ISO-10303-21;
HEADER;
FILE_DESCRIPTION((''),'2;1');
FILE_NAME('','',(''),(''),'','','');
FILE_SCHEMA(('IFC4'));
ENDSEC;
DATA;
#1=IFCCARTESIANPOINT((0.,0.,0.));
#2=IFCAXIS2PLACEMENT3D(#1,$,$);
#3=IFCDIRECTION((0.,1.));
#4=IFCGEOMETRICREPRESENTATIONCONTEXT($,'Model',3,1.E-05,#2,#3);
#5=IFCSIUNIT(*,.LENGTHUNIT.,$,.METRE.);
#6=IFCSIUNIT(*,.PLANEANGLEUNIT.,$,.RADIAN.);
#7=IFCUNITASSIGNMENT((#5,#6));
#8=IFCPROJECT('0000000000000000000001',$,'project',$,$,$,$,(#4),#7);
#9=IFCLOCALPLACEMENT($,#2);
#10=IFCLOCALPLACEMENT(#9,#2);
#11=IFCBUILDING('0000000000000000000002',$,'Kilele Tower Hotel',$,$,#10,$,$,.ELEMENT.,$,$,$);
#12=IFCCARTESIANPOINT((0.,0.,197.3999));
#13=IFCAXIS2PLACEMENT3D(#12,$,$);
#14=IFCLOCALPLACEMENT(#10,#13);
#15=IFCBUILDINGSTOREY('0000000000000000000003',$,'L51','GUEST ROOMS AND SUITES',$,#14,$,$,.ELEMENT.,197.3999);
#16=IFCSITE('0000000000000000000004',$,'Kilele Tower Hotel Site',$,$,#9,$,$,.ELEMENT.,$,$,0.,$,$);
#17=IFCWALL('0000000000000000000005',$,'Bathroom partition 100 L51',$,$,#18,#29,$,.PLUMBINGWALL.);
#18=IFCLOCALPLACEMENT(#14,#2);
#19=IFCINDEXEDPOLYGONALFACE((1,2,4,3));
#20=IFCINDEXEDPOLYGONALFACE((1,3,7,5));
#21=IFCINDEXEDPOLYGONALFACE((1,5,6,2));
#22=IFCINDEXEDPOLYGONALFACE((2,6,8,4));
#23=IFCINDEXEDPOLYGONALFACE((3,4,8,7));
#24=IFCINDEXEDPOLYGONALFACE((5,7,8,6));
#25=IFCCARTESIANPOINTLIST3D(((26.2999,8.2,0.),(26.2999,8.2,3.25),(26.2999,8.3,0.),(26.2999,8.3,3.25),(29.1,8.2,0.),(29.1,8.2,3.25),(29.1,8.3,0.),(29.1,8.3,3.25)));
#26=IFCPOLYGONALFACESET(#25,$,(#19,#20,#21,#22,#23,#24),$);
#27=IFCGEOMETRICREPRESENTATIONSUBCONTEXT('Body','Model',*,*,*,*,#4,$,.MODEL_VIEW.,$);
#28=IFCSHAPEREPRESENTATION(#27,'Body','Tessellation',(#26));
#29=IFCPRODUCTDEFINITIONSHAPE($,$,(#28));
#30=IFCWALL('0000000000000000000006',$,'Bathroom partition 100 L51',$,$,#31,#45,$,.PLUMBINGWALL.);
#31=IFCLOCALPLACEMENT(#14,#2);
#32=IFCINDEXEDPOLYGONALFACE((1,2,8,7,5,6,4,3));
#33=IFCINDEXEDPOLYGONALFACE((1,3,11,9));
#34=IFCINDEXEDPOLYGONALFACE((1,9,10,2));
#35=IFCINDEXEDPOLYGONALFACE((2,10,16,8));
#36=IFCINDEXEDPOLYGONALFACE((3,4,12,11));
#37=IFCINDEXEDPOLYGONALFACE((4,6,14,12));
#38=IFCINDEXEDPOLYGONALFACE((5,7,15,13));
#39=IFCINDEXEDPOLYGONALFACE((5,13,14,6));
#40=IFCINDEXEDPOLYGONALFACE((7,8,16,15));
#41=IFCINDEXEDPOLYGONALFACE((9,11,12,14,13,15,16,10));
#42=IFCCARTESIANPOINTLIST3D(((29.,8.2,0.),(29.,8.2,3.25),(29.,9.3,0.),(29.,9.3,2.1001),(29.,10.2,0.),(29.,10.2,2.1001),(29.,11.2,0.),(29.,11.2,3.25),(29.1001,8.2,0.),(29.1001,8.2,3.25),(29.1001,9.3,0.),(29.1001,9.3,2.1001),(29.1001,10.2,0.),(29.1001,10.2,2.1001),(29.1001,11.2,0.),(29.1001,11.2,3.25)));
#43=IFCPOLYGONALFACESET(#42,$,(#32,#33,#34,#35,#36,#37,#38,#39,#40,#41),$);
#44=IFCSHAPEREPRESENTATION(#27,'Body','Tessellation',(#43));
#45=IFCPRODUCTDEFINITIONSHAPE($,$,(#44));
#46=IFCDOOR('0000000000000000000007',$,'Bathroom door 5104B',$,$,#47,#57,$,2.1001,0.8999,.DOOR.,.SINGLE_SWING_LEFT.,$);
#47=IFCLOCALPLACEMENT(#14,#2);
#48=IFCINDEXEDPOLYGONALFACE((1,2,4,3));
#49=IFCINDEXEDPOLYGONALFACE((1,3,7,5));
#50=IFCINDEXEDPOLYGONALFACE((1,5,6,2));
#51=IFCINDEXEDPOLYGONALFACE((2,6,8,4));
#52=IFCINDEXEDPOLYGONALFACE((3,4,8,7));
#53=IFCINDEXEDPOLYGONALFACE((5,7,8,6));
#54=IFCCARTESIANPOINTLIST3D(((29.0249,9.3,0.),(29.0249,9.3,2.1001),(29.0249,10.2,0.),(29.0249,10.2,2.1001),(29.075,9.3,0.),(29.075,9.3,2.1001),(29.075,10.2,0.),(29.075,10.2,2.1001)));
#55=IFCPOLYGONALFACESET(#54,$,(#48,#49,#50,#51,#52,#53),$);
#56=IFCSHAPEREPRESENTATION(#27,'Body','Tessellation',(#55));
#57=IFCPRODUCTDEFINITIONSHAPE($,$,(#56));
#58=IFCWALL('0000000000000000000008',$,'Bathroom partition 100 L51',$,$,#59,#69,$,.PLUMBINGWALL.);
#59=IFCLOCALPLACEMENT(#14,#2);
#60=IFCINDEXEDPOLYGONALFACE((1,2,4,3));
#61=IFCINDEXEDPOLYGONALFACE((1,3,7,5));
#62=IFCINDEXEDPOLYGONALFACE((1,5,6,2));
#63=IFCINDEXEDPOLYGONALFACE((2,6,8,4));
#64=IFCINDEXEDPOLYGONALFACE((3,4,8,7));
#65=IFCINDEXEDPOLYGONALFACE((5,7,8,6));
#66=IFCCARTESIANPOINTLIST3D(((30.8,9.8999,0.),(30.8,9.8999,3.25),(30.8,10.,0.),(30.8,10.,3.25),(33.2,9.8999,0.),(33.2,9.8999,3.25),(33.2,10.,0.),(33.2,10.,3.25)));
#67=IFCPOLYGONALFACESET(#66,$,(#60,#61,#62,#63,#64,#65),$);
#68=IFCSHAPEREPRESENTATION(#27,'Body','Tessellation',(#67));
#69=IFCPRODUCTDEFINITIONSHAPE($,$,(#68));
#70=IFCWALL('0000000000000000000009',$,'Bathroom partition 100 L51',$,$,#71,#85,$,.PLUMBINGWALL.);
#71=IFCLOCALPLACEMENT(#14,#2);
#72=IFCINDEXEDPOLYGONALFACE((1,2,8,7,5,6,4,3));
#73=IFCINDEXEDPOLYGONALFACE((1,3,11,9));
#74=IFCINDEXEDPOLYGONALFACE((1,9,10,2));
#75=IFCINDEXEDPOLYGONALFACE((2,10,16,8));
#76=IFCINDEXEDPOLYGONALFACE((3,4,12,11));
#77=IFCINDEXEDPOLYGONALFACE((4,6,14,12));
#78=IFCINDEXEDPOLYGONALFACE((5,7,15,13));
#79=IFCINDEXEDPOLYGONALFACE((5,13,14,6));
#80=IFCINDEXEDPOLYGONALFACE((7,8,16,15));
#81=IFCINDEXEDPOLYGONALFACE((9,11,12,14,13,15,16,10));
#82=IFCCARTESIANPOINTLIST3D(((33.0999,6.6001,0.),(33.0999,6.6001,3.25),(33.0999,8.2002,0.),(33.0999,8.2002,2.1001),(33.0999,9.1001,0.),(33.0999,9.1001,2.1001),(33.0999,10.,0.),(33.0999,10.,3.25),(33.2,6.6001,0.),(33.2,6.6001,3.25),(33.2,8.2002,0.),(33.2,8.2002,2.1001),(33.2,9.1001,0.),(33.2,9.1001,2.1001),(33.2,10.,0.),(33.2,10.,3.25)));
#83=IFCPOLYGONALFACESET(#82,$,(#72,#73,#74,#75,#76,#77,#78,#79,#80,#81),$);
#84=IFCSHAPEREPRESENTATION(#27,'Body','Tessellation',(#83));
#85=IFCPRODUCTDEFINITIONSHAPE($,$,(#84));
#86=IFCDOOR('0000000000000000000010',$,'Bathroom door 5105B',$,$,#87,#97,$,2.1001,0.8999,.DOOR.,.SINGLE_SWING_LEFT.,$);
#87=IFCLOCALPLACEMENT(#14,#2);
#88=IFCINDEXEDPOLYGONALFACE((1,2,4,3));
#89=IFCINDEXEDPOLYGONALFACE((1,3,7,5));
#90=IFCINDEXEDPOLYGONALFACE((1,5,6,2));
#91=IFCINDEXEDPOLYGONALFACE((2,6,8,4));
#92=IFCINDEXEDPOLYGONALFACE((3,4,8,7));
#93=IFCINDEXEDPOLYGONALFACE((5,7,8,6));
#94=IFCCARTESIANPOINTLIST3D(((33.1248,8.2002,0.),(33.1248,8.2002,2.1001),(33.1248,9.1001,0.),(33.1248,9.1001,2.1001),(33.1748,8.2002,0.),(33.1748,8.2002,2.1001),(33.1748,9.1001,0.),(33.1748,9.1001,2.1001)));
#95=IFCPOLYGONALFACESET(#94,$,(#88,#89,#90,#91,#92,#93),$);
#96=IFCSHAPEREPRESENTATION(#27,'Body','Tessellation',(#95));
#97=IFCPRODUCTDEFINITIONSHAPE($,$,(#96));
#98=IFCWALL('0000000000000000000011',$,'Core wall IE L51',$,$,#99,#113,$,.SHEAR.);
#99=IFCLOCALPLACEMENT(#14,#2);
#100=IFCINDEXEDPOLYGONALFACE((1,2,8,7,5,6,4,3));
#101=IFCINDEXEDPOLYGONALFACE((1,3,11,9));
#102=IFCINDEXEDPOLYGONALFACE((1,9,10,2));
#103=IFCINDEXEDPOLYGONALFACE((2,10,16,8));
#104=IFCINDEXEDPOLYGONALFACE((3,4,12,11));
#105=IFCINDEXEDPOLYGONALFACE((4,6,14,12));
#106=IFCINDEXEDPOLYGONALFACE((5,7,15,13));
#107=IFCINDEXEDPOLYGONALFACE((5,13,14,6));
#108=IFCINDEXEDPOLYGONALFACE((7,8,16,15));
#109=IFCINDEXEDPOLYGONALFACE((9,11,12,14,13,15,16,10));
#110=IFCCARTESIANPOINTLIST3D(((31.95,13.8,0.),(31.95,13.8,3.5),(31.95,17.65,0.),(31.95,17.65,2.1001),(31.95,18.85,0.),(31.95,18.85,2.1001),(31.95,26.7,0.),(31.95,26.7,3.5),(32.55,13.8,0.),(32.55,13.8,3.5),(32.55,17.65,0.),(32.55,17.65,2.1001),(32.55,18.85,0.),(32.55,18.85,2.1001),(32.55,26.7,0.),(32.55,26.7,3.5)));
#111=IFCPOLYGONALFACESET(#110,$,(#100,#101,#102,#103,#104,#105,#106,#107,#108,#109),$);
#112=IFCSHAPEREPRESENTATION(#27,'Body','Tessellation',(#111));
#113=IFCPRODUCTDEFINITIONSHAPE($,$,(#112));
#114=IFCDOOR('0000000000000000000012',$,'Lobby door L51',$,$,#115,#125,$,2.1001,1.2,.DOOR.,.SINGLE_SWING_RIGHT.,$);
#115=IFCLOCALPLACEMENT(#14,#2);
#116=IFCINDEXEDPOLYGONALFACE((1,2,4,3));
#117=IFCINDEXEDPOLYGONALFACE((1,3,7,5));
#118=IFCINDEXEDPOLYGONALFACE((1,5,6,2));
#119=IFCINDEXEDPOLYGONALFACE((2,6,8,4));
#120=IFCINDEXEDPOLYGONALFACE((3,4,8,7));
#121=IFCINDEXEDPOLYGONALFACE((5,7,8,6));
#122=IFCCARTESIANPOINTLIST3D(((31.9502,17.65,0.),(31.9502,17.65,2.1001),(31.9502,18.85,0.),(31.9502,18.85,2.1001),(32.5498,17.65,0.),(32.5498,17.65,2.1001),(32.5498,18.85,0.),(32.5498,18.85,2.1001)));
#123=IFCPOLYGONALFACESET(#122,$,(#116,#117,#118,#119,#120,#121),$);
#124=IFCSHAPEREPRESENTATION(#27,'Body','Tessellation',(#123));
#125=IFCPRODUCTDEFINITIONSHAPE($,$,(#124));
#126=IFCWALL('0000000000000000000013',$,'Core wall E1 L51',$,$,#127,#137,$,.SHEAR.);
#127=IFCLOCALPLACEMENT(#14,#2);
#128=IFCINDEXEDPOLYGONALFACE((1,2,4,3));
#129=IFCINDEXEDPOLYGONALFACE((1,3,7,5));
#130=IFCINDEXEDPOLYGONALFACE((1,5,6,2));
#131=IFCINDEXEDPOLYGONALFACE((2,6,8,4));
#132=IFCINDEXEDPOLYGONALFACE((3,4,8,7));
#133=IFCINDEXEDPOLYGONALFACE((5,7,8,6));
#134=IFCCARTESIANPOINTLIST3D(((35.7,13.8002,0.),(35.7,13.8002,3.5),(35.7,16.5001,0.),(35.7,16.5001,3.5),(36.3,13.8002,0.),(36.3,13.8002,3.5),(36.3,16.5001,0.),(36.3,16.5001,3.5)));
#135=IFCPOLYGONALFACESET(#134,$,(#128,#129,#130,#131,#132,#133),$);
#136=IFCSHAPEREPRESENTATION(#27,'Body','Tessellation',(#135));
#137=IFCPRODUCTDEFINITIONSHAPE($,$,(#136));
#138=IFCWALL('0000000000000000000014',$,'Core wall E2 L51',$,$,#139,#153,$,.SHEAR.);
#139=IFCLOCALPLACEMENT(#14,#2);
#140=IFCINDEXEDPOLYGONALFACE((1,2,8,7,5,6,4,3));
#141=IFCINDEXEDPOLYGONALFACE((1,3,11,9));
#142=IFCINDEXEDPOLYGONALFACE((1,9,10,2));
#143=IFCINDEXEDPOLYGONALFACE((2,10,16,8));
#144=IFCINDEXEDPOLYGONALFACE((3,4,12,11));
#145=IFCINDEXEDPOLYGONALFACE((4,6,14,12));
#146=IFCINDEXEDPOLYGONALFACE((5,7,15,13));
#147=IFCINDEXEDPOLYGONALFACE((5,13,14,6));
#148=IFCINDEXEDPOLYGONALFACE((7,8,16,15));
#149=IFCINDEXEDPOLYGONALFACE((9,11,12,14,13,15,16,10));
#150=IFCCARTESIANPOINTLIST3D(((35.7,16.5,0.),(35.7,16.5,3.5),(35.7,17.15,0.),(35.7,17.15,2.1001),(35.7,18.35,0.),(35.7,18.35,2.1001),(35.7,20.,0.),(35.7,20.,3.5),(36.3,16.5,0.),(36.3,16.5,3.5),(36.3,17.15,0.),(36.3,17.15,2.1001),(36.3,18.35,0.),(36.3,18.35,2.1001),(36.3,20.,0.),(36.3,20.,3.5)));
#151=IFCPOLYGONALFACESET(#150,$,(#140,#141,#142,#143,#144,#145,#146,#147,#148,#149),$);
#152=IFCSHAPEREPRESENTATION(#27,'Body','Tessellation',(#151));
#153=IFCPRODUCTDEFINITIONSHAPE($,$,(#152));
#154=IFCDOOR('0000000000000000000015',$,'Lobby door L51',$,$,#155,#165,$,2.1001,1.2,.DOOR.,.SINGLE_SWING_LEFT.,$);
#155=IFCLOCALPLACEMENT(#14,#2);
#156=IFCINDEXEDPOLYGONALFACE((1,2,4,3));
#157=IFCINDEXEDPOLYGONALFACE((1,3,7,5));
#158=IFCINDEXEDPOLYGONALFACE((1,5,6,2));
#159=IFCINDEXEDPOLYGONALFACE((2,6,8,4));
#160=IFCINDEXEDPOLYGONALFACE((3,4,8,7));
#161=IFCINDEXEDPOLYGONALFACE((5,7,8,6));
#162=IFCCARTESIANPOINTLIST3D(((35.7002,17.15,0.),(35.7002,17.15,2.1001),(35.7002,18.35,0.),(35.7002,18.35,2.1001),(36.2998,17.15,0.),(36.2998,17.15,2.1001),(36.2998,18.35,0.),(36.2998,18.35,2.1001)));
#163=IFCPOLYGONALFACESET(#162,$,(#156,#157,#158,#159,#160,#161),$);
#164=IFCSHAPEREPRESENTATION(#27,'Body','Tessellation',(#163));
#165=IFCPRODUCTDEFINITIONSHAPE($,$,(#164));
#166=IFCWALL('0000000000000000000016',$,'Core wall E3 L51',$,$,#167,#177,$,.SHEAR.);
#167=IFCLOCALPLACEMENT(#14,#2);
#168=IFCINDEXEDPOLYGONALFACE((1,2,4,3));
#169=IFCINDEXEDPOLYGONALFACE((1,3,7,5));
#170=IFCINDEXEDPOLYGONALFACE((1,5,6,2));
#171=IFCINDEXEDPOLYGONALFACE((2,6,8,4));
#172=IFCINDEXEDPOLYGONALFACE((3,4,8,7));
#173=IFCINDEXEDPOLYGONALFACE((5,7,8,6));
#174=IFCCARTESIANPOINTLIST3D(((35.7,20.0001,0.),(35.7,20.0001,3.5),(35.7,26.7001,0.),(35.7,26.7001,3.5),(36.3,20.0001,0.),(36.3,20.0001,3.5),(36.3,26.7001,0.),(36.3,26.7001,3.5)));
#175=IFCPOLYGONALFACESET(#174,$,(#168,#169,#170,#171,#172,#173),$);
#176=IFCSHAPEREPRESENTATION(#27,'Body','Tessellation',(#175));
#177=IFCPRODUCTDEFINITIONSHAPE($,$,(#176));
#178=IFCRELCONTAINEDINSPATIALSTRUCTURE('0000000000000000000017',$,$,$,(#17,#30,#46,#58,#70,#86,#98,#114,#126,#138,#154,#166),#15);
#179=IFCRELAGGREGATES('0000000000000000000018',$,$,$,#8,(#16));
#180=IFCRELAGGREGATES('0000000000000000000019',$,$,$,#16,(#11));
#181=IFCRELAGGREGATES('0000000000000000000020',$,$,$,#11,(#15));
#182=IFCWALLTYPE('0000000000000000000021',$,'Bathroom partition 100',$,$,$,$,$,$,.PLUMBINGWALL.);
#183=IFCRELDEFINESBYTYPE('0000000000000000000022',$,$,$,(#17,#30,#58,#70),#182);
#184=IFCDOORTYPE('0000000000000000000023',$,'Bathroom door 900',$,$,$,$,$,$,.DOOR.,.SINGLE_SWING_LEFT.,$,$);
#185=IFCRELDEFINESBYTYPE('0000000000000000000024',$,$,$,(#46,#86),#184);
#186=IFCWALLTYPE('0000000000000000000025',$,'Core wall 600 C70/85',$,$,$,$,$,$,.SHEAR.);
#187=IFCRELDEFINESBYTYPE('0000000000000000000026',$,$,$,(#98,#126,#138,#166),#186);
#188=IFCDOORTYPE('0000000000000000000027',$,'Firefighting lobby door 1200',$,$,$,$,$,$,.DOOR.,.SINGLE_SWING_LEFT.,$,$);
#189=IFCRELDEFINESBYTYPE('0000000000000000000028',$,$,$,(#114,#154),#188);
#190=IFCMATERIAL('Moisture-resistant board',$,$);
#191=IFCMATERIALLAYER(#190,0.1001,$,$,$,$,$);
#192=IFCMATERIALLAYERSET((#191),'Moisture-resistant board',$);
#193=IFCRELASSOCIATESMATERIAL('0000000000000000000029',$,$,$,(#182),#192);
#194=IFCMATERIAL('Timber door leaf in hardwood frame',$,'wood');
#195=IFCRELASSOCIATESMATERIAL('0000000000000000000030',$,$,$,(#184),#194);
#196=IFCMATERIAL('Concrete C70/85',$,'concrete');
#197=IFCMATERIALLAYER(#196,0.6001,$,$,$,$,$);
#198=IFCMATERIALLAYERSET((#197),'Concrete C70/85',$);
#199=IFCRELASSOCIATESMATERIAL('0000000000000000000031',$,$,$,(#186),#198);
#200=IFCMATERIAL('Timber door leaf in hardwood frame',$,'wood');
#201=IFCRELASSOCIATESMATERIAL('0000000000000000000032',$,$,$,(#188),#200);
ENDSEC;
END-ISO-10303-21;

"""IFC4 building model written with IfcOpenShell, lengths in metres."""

from ifc_helpers import new_model, si_unit, direction, frame, frame_2d, origin, place, context, subcontext, project, spatial, rectangle, extrude, material, layer, layer_set, type_object, element, fill, save


model = new_model("IFC4")

# Units and contexts
model_context = context("Model", 3, precision=1e-05, world=origin(), true_north=direction((0.0, 1.0)))
body_context = subcontext(model_context, "Body", "Model", "MODEL_VIEW")
ifc_project = project(units=[si_unit("LENGTHUNIT", "METRE"), si_unit("PLANEANGLEUNIT", "RADIAN")], contexts=[model_context])

# Site, building, storey
site_placement = place(None, origin())
site = spatial("IfcSite", under=ifc_project, at=site_placement, Name="Kilele Tower Hotel Site", CompositionType="ELEMENT", RefElevation=0.0)
building_placement = place(site_placement, origin())
building = spatial("IfcBuilding", under=site, at=building_placement, Name="Kilele Tower Hotel", CompositionType="ELEMENT")
storey_placement = place(building_placement, frame((0.0, 0.0, 197.3999)))
storey = spatial("IfcBuildingStorey", under=building, at=storey_placement, Name="L51", Description="GUEST ROOMS AND SUITES", CompositionType="ELEMENT", Elevation=197.3999)

# Wall
ifc_material_1 = material(Name="Moisture-resistant board")
ifc_layer_1 = layer(ifc_material_1, 0.1001)
ifc_layer_set_1 = layer_set([ifc_layer_1], Name="Moisture-resistant board")
wall_type_1 = type_object("IfcWallType", Name="Bathroom partition 100", PredefinedType="PLUMBINGWALL", material=ifc_layer_set_1)
wall_1_placement = place(storey_placement, frame((26.3, 8.25, 0.0), z_axis=(0.0, 0.0, 1.0), x_axis=(1.0, 0.0, 0.0)))
element("IfcWall", 1, at=wall_1_placement, inside=storey, type_object=wall_type_1, Name="Bathroom partition 100 L51", PredefinedType="PLUMBINGWALL", context=body_context, shape_type="SweptSolid", body=[
    extrude(rectangle(XDim=2.8, YDim=0.1001, at=frame_2d((1.3999, 0.0))), origin(), (0.0, 0.0, 1.0), 3.25),
])

# Wall, opening, door
wall_2_placement = place(storey_placement, frame((29.05, 11.2, 0.0), z_axis=(0.0, 0.0, 1.0), x_axis=(0.0, -1.0, 0.0)))
wall_2 = element("IfcWall", 2, at=wall_2_placement, inside=storey, type_object=wall_type_1, Name="Bathroom partition 100 L51", PredefinedType="PLUMBINGWALL", context=body_context, shape_type="SweptSolid", body=[
    extrude(rectangle(XDim=3.0, YDim=0.1001, at=frame_2d((1.5, 0.0))), origin(), (0.0, 0.0, 1.0), 3.25),
])
opening_1_placement = place(wall_2_placement, frame((1.0, 0.0, 0.0)))
opening_1 = element("IfcOpeningElement", 3, at=opening_1_placement, cuts=wall_2, PredefinedType="OPENING", context=body_context, shape_type="SweptSolid", body=[
    extrude(rectangle(XDim=0.8999, YDim=2.1001, at=frame_2d((0.45, 1.05))), frame((0.0, 0.0601, 0.0), z_axis=(0.0, -1.0, 0.0), x_axis=(1.0, 0.0, 0.0)), (0.0, 0.0, 1.0), 0.1201),
])
ifc_material_2 = material(Name="Timber door leaf in hardwood frame", Category="wood")
door_type_1 = type_object("IfcDoorType", Name="Bathroom door 900", OperationType="SINGLE_SWING_LEFT", PredefinedType="DOOR", material=ifc_material_2)
door_1_placement = place(opening_1_placement, origin())
door_1 = element("IfcDoor", 4, at=door_1_placement, inside=storey, type_object=door_type_1, Name="Bathroom door 5104B", OperationType="SINGLE_SWING_LEFT", OverallHeight=2.1001, OverallWidth=0.8999, PredefinedType="DOOR", context=body_context, shape_type="SweptSolid", body=[
    extrude(rectangle(XDim=0.8999, YDim=2.1001, at=frame_2d((0.45, 1.05))), frame((0.0, 0.0249, 0.0), z_axis=(0.0, -1.0, 0.0), x_axis=(1.0, 0.0, 0.0)), (0.0, 0.0, 1.0), 0.05),
])
fill(opening_1, door_1)

# Wall
wall_3_placement = place(storey_placement, frame((30.8, 9.95, 0.0), z_axis=(0.0, 0.0, 1.0), x_axis=(1.0, 0.0, 0.0)))
element("IfcWall", 5, at=wall_3_placement, inside=storey, type_object=wall_type_1, Name="Bathroom partition 100 L51", PredefinedType="PLUMBINGWALL", context=body_context, shape_type="SweptSolid", body=[
    extrude(rectangle(XDim=2.3999, YDim=0.1001, at=frame_2d((1.2, 0.0))), origin(), (0.0, 0.0, 1.0), 3.25),
])

# Walls, openings, doors
wall_4_placement = place(storey_placement, frame((33.1499, 10.0, 0.0), z_axis=(0.0, 0.0, 1.0), x_axis=(0.0, -1.0, 0.0)))
wall_4 = element("IfcWall", 6, at=wall_4_placement, inside=storey, type_object=wall_type_1, Name="Bathroom partition 100 L51", PredefinedType="PLUMBINGWALL", context=body_context, shape_type="SweptSolid", body=[
    extrude(rectangle(XDim=3.3999, YDim=0.1001, at=frame_2d((1.7, 0.0))), origin(), (0.0, 0.0, 1.0), 3.25),
])
opening_2_placement = place(wall_4_placement, frame((0.8999, 0.0, 0.0)))
opening_2 = element("IfcOpeningElement", 7, at=opening_2_placement, cuts=wall_4, PredefinedType="OPENING", context=body_context, shape_type="SweptSolid", body=[
    extrude(rectangle(XDim=0.8999, YDim=2.1001, at=frame_2d((0.45, 1.05))), frame((0.0, 0.0601, 0.0), z_axis=(0.0, -1.0, 0.0), x_axis=(1.0, 0.0, 0.0)), (0.0, 0.0, 1.0), 0.1201),
])
door_2_placement = place(opening_2_placement, origin())
door_2 = element("IfcDoor", 8, at=door_2_placement, inside=storey, type_object=door_type_1, Name="Bathroom door 5105B", OperationType="SINGLE_SWING_LEFT", OverallHeight=2.1001, OverallWidth=0.8999, PredefinedType="DOOR", context=body_context, shape_type="SweptSolid", body=[
    extrude(rectangle(XDim=0.8999, YDim=2.1001, at=frame_2d((0.45, 1.05))), frame((0.0, 0.0249, 0.0), z_axis=(0.0, -1.0, 0.0), x_axis=(1.0, 0.0, 0.0)), (0.0, 0.0, 1.0), 0.05),
])
fill(opening_2, door_2)
ifc_material_3 = material(Name="Concrete C70/85", Category="concrete")
ifc_layer_2 = layer(ifc_material_3, 0.6001)
ifc_layer_set_2 = layer_set([ifc_layer_2], Name="Concrete C70/85")
wall_type_2 = type_object("IfcWallType", Name="Core wall 600 C70/85", PredefinedType="SHEAR", material=ifc_layer_set_2)
wall_5_placement = place(storey_placement, frame((32.25, 13.8, 0.0), z_axis=(0.0, 0.0, 1.0), x_axis=(0.0, 1.0, 0.0)))
wall_5 = element("IfcWall", 9, at=wall_5_placement, inside=storey, type_object=wall_type_2, Name="Core wall IE L51", PredefinedType="SHEAR", context=body_context, shape_type="SweptSolid", body=[
    extrude(rectangle(XDim=12.8999, YDim=0.6001, at=frame_2d((6.45, 0.0))), origin(), (0.0, 0.0, 1.0), 3.5),
])
opening_3_placement = place(wall_5_placement, frame((5.05, 0.0, 0.0), z_axis=(0.0, 0.0, 1.0), x_axis=(-1.0, 0.0, 0.0)))
opening_3 = element("IfcOpeningElement", 10, at=opening_3_placement, cuts=wall_5, PredefinedType="OPENING", context=body_context, shape_type="SweptSolid", body=[
    extrude(rectangle(XDim=1.2, YDim=2.1001, at=frame_2d((0.6001, 1.05))), frame((0.0, 0.3101, 0.0), z_axis=(0.0, -1.0, 0.0), x_axis=(1.0, 0.0, 0.0)), (0.0, 0.0, 1.0), 0.6201),
])
ifc_material_4 = material(Name="Timber door leaf in hardwood frame", Category="wood")
door_type_2 = type_object("IfcDoorType", Name="Firefighting lobby door 1200", OperationType="SINGLE_SWING_LEFT", PredefinedType="DOOR", material=ifc_material_4)
door_3_placement = place(opening_3_placement, origin())
door_3 = element("IfcDoor", 11, at=door_3_placement, inside=storey, type_object=door_type_2, Name="Lobby door L51", OperationType="SINGLE_SWING_RIGHT", OverallHeight=2.1001, OverallWidth=1.2, PredefinedType="DOOR", context=body_context, shape_type="SweptSolid", body=[
    extrude(rectangle(XDim=1.2, YDim=2.1001, at=frame_2d((0.6001, 1.05))), frame((0.0, 0.2998, 0.0), z_axis=(0.0, -1.0, 0.0), x_axis=(1.0, 0.0, 0.0)), (0.0, 0.0, 1.0), 0.5996),
])
fill(opening_3, door_3)

# Wall
wall_6_placement = place(storey_placement, frame((36.0, 13.8, 0.0), z_axis=(0.0, 0.0, 1.0), x_axis=(0.0, 1.0, 0.0)))
element("IfcWall", 12, at=wall_6_placement, inside=storey, type_object=wall_type_2, Name="Core wall E1 L51", PredefinedType="SHEAR", context=body_context, shape_type="SweptSolid", body=[
    extrude(rectangle(XDim=2.7, YDim=0.6001, at=frame_2d((1.3501, 0.0))), origin(), (0.0, 0.0, 1.0), 3.5),
])

# Wall, opening, door
wall_7_placement = place(storey_placement, frame((36.0, 16.5, 0.0), z_axis=(0.0, 0.0, 1.0), x_axis=(0.0, 1.0, 0.0)))
wall_7 = element("IfcWall", 13, at=wall_7_placement, inside=storey, type_object=wall_type_2, Name="Core wall E2 L51", PredefinedType="SHEAR", context=body_context, shape_type="SweptSolid", body=[
    extrude(rectangle(XDim=3.5, YDim=0.6001, at=frame_2d((1.75, 0.0))), origin(), (0.0, 0.0, 1.0), 3.5),
])
opening_4_placement = place(wall_7_placement, frame((0.6499, 0.0, 0.0)))
opening_4 = element("IfcOpeningElement", 14, at=opening_4_placement, cuts=wall_7, PredefinedType="OPENING", context=body_context, shape_type="SweptSolid", body=[
    extrude(rectangle(XDim=1.2, YDim=2.1001, at=frame_2d((0.6001, 1.05))), frame((0.0, 0.3101, 0.0), z_axis=(0.0, -1.0, 0.0), x_axis=(1.0, 0.0, 0.0)), (0.0, 0.0, 1.0), 0.6201),
])
door_4_placement = place(opening_4_placement, origin())
door_4 = element("IfcDoor", 15, at=door_4_placement, inside=storey, type_object=door_type_2, Name="Lobby door L51", OperationType="SINGLE_SWING_LEFT", OverallHeight=2.1001, OverallWidth=1.2, PredefinedType="DOOR", context=body_context, shape_type="SweptSolid", body=[
    extrude(rectangle(XDim=1.2, YDim=2.1001, at=frame_2d((0.6001, 1.05))), frame((0.0, 0.2998, 0.0), z_axis=(0.0, -1.0, 0.0), x_axis=(1.0, 0.0, 0.0)), (0.0, 0.0, 1.0), 0.5996),
])
fill(opening_4, door_4)

# Wall
wall_8_placement = place(storey_placement, frame((36.0, 20.0, 0.0), z_axis=(0.0, 0.0, 1.0), x_axis=(0.0, 1.0, 0.0)))
element("IfcWall", 16, at=wall_8_placement, inside=storey, type_object=wall_type_2, Name="Core wall E3 L51", PredefinedType="SHEAR", context=body_context, shape_type="SweptSolid", body=[
    extrude(rectangle(XDim=6.7, YDim=0.6001, at=frame_2d((3.3501, 0.0))), origin(), (0.0, 0.0, 1.0), 3.5),
])

save(model, "model.ifc")
